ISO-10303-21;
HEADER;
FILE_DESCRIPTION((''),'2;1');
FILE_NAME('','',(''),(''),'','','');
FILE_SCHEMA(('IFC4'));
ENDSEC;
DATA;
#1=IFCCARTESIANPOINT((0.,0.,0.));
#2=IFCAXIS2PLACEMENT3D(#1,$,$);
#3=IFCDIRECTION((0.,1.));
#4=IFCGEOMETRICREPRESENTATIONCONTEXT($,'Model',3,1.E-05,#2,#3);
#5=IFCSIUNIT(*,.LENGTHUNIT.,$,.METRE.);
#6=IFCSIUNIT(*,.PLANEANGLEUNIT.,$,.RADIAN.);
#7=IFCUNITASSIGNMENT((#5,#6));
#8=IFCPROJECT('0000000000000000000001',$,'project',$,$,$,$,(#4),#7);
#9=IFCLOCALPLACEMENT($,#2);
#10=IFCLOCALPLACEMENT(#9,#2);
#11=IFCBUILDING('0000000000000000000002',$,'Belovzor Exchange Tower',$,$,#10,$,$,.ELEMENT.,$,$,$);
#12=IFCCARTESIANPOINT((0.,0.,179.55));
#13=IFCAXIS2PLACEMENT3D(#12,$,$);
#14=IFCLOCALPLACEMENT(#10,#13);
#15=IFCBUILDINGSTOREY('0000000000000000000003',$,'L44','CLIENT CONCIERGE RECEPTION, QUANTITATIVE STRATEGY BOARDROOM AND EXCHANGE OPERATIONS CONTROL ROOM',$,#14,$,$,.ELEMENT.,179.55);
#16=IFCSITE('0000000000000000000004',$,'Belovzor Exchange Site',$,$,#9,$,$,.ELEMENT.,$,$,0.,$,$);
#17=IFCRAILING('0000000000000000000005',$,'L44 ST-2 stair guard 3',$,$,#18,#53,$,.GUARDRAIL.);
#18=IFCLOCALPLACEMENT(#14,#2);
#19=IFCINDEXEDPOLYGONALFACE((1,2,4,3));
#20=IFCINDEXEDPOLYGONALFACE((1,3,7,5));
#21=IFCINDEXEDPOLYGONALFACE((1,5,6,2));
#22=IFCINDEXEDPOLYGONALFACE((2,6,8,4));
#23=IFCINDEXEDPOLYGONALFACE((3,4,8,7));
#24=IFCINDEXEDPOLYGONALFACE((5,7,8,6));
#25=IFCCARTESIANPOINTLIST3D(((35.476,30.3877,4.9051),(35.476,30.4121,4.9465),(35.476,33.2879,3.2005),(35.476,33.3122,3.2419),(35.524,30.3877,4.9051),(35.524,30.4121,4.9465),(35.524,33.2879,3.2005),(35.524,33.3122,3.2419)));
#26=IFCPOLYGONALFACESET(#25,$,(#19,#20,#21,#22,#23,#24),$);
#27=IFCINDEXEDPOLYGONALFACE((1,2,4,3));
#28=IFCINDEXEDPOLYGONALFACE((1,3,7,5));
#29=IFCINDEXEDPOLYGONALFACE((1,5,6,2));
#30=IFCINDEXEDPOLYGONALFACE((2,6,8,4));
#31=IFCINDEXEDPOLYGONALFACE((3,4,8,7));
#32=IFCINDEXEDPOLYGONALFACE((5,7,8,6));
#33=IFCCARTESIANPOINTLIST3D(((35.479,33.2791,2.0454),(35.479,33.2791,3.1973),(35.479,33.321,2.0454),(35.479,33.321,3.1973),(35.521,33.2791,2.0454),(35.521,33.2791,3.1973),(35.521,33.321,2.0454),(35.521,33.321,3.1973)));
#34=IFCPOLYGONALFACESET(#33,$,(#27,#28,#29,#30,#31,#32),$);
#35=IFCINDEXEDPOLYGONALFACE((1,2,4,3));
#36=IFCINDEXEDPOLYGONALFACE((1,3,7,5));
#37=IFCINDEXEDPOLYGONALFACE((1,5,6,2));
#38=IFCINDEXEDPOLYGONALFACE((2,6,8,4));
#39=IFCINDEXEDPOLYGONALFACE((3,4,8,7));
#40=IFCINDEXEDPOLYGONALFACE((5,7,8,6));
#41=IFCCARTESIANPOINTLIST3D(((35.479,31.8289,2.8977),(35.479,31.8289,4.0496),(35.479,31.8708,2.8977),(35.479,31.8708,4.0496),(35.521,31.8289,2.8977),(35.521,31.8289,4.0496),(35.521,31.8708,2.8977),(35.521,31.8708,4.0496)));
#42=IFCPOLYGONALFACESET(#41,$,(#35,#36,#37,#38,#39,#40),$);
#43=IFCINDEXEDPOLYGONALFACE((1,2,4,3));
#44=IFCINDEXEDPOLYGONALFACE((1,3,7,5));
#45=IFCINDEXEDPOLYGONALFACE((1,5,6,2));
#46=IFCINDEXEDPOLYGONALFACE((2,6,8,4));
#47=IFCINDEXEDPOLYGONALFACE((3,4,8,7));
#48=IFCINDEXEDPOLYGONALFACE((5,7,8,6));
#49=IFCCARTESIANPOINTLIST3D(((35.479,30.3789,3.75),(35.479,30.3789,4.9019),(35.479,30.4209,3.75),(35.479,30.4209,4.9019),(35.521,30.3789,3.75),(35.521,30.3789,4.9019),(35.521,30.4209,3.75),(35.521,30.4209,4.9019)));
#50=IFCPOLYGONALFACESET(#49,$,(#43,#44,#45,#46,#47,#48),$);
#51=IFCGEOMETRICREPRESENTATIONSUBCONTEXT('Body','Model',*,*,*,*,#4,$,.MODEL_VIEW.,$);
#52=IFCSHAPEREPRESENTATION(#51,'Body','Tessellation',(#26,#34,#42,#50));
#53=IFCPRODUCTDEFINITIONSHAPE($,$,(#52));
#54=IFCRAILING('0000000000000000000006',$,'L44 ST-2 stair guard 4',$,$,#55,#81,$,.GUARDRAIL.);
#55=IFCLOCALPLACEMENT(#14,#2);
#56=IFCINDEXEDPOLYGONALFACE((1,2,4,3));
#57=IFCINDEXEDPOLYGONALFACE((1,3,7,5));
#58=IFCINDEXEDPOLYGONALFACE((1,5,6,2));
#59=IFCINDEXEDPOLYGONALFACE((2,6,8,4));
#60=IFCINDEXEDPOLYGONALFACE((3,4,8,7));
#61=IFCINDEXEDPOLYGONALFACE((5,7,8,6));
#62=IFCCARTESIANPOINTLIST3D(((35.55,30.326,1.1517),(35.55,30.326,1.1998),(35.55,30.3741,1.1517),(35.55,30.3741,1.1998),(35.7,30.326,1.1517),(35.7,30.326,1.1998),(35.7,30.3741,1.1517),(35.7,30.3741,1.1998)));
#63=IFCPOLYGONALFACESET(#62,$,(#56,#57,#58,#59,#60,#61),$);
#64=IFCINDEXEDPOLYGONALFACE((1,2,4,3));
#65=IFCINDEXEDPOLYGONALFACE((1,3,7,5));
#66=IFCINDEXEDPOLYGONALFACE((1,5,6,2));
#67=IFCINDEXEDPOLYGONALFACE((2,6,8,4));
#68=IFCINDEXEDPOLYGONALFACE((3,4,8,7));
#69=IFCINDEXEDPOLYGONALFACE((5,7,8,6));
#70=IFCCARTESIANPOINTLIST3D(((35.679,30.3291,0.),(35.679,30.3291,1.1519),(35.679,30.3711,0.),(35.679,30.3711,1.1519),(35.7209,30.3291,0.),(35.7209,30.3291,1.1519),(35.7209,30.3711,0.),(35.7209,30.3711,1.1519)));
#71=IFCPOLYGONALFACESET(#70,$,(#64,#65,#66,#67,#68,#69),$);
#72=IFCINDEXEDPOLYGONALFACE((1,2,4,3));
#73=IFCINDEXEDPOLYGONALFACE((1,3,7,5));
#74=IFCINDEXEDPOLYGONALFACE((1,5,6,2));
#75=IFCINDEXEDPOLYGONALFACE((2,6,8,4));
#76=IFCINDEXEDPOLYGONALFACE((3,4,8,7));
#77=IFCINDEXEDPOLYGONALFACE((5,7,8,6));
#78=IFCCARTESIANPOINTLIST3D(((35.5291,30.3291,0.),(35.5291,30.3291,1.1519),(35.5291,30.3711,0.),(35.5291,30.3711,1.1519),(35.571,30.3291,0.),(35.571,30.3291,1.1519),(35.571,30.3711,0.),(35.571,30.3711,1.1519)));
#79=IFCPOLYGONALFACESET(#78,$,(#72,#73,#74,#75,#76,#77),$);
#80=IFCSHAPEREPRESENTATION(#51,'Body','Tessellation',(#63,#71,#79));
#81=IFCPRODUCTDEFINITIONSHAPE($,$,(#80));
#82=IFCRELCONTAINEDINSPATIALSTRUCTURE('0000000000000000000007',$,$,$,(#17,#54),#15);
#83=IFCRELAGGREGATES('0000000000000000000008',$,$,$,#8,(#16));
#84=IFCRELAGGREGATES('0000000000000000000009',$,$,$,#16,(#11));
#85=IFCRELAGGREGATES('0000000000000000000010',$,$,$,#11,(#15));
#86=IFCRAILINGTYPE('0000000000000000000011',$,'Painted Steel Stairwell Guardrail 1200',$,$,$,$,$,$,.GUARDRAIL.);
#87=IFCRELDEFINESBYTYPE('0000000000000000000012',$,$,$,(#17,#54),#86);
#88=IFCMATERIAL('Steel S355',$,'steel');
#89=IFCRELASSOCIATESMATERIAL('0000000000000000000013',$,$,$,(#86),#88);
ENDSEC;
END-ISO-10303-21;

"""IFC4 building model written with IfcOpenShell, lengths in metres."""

from ifc_helpers import new_model, si_unit, direction, frame, origin, origin_2d, place, context, subcontext, project, spatial, rectangle, extrude, material, type_object, element, save


model = new_model("IFC4")

# Units and contexts
model_context = context("Model", 3, precision=1e-05, world=origin(), true_north=direction((0.0, 1.0)))
body_context = subcontext(model_context, "Body", "Model", "MODEL_VIEW")
ifc_project = project(units=[si_unit("LENGTHUNIT", "METRE"), si_unit("PLANEANGLEUNIT", "RADIAN")], contexts=[model_context])

# Site, building, storey
site_placement = place(None, origin())
site = spatial("IfcSite", under=ifc_project, at=site_placement, Name="Belovzor Exchange Site", CompositionType="ELEMENT", RefElevation=0.0)
building_placement = place(site_placement, origin())
building = spatial("IfcBuilding", under=site, at=building_placement, Name="Belovzor Exchange Tower", CompositionType="ELEMENT")
storey_placement = place(building_placement, frame((0.0, 0.0, 179.55)))
storey = spatial("IfcBuildingStorey", under=building, at=storey_placement, Name="L44", Description="CLIENT CONCIERGE RECEPTION, QUANTITATIVE STRATEGY BOARDROOM AND EXCHANGE OPERATIONS CONTROL ROOM", CompositionType="ELEMENT", Elevation=179.55)

# Railings
ifc_material_1 = material(Name="Steel S355", Category="steel")
railing_type_1 = type_object("IfcRailingType", Name="Painted Steel Stairwell Guardrail 1200", PredefinedType="GUARDRAIL", material=ifc_material_1)
railing_1_placement = place(storey_placement, frame((35.5, 33.3, 2.0454)))
element("IfcRailing", 1, at=railing_1_placement, inside=storey, type_object=railing_type_1, Name="L44 ST-2 stair guard 3", PredefinedType="GUARDRAIL", context=body_context, shape_type="SweptSolid", body=[
    extrude(rectangle(XDim=0.0481, YDim=0.0481, at=origin_2d()), frame((0.0, 0.0, 1.1758), z_axis=(0.0, -0.862113, 0.506716), x_axis=(1.0, 0.0, 0.0)), (0.0, 0.0, 1.0), 3.364),
    extrude(rectangle(XDim=0.042, YDim=0.042, at=origin_2d()), origin(), (0.0, 0.0, 1.0), 1.1519),
    extrude(rectangle(XDim=0.042, YDim=0.042, at=origin_2d()), frame((0.0, -1.4502, 0.8523)), (0.0, 0.0, 1.0), 1.1519),
    extrude(rectangle(XDim=0.042, YDim=0.042, at=origin_2d()), frame((0.0, -2.9001, 1.7046)), (0.0, 0.0, 1.0), 1.1519),
])
railing_2_placement = place(storey_placement, frame((35.7, 30.3501, 0.0)))
element("IfcRailing", 2, at=railing_2_placement, inside=storey, type_object=railing_type_1, Name="L44 ST-2 stair guard 4", PredefinedType="GUARDRAIL", context=body_context, shape_type="SweptSolid", body=[
    extrude(rectangle(XDim=0.0481, YDim=0.0481, at=origin_2d()), frame((0.0, 0.0, 1.1758), z_axis=(-1.0, 0.0, 0.0), x_axis=(0.0, -1.0, 0.0)), (0.0, 0.0, 1.0), 0.1499),
    extrude(rectangle(XDim=0.042, YDim=0.042, at=origin_2d()), origin(), (0.0, 0.0, 1.0), 1.1519),
    extrude(rectangle(XDim=0.042, YDim=0.042, at=origin_2d()), frame((-0.1499, 0.0, 0.0)), (0.0, 0.0, 1.0), 1.1519),
])

save(model, "model.ifc")
